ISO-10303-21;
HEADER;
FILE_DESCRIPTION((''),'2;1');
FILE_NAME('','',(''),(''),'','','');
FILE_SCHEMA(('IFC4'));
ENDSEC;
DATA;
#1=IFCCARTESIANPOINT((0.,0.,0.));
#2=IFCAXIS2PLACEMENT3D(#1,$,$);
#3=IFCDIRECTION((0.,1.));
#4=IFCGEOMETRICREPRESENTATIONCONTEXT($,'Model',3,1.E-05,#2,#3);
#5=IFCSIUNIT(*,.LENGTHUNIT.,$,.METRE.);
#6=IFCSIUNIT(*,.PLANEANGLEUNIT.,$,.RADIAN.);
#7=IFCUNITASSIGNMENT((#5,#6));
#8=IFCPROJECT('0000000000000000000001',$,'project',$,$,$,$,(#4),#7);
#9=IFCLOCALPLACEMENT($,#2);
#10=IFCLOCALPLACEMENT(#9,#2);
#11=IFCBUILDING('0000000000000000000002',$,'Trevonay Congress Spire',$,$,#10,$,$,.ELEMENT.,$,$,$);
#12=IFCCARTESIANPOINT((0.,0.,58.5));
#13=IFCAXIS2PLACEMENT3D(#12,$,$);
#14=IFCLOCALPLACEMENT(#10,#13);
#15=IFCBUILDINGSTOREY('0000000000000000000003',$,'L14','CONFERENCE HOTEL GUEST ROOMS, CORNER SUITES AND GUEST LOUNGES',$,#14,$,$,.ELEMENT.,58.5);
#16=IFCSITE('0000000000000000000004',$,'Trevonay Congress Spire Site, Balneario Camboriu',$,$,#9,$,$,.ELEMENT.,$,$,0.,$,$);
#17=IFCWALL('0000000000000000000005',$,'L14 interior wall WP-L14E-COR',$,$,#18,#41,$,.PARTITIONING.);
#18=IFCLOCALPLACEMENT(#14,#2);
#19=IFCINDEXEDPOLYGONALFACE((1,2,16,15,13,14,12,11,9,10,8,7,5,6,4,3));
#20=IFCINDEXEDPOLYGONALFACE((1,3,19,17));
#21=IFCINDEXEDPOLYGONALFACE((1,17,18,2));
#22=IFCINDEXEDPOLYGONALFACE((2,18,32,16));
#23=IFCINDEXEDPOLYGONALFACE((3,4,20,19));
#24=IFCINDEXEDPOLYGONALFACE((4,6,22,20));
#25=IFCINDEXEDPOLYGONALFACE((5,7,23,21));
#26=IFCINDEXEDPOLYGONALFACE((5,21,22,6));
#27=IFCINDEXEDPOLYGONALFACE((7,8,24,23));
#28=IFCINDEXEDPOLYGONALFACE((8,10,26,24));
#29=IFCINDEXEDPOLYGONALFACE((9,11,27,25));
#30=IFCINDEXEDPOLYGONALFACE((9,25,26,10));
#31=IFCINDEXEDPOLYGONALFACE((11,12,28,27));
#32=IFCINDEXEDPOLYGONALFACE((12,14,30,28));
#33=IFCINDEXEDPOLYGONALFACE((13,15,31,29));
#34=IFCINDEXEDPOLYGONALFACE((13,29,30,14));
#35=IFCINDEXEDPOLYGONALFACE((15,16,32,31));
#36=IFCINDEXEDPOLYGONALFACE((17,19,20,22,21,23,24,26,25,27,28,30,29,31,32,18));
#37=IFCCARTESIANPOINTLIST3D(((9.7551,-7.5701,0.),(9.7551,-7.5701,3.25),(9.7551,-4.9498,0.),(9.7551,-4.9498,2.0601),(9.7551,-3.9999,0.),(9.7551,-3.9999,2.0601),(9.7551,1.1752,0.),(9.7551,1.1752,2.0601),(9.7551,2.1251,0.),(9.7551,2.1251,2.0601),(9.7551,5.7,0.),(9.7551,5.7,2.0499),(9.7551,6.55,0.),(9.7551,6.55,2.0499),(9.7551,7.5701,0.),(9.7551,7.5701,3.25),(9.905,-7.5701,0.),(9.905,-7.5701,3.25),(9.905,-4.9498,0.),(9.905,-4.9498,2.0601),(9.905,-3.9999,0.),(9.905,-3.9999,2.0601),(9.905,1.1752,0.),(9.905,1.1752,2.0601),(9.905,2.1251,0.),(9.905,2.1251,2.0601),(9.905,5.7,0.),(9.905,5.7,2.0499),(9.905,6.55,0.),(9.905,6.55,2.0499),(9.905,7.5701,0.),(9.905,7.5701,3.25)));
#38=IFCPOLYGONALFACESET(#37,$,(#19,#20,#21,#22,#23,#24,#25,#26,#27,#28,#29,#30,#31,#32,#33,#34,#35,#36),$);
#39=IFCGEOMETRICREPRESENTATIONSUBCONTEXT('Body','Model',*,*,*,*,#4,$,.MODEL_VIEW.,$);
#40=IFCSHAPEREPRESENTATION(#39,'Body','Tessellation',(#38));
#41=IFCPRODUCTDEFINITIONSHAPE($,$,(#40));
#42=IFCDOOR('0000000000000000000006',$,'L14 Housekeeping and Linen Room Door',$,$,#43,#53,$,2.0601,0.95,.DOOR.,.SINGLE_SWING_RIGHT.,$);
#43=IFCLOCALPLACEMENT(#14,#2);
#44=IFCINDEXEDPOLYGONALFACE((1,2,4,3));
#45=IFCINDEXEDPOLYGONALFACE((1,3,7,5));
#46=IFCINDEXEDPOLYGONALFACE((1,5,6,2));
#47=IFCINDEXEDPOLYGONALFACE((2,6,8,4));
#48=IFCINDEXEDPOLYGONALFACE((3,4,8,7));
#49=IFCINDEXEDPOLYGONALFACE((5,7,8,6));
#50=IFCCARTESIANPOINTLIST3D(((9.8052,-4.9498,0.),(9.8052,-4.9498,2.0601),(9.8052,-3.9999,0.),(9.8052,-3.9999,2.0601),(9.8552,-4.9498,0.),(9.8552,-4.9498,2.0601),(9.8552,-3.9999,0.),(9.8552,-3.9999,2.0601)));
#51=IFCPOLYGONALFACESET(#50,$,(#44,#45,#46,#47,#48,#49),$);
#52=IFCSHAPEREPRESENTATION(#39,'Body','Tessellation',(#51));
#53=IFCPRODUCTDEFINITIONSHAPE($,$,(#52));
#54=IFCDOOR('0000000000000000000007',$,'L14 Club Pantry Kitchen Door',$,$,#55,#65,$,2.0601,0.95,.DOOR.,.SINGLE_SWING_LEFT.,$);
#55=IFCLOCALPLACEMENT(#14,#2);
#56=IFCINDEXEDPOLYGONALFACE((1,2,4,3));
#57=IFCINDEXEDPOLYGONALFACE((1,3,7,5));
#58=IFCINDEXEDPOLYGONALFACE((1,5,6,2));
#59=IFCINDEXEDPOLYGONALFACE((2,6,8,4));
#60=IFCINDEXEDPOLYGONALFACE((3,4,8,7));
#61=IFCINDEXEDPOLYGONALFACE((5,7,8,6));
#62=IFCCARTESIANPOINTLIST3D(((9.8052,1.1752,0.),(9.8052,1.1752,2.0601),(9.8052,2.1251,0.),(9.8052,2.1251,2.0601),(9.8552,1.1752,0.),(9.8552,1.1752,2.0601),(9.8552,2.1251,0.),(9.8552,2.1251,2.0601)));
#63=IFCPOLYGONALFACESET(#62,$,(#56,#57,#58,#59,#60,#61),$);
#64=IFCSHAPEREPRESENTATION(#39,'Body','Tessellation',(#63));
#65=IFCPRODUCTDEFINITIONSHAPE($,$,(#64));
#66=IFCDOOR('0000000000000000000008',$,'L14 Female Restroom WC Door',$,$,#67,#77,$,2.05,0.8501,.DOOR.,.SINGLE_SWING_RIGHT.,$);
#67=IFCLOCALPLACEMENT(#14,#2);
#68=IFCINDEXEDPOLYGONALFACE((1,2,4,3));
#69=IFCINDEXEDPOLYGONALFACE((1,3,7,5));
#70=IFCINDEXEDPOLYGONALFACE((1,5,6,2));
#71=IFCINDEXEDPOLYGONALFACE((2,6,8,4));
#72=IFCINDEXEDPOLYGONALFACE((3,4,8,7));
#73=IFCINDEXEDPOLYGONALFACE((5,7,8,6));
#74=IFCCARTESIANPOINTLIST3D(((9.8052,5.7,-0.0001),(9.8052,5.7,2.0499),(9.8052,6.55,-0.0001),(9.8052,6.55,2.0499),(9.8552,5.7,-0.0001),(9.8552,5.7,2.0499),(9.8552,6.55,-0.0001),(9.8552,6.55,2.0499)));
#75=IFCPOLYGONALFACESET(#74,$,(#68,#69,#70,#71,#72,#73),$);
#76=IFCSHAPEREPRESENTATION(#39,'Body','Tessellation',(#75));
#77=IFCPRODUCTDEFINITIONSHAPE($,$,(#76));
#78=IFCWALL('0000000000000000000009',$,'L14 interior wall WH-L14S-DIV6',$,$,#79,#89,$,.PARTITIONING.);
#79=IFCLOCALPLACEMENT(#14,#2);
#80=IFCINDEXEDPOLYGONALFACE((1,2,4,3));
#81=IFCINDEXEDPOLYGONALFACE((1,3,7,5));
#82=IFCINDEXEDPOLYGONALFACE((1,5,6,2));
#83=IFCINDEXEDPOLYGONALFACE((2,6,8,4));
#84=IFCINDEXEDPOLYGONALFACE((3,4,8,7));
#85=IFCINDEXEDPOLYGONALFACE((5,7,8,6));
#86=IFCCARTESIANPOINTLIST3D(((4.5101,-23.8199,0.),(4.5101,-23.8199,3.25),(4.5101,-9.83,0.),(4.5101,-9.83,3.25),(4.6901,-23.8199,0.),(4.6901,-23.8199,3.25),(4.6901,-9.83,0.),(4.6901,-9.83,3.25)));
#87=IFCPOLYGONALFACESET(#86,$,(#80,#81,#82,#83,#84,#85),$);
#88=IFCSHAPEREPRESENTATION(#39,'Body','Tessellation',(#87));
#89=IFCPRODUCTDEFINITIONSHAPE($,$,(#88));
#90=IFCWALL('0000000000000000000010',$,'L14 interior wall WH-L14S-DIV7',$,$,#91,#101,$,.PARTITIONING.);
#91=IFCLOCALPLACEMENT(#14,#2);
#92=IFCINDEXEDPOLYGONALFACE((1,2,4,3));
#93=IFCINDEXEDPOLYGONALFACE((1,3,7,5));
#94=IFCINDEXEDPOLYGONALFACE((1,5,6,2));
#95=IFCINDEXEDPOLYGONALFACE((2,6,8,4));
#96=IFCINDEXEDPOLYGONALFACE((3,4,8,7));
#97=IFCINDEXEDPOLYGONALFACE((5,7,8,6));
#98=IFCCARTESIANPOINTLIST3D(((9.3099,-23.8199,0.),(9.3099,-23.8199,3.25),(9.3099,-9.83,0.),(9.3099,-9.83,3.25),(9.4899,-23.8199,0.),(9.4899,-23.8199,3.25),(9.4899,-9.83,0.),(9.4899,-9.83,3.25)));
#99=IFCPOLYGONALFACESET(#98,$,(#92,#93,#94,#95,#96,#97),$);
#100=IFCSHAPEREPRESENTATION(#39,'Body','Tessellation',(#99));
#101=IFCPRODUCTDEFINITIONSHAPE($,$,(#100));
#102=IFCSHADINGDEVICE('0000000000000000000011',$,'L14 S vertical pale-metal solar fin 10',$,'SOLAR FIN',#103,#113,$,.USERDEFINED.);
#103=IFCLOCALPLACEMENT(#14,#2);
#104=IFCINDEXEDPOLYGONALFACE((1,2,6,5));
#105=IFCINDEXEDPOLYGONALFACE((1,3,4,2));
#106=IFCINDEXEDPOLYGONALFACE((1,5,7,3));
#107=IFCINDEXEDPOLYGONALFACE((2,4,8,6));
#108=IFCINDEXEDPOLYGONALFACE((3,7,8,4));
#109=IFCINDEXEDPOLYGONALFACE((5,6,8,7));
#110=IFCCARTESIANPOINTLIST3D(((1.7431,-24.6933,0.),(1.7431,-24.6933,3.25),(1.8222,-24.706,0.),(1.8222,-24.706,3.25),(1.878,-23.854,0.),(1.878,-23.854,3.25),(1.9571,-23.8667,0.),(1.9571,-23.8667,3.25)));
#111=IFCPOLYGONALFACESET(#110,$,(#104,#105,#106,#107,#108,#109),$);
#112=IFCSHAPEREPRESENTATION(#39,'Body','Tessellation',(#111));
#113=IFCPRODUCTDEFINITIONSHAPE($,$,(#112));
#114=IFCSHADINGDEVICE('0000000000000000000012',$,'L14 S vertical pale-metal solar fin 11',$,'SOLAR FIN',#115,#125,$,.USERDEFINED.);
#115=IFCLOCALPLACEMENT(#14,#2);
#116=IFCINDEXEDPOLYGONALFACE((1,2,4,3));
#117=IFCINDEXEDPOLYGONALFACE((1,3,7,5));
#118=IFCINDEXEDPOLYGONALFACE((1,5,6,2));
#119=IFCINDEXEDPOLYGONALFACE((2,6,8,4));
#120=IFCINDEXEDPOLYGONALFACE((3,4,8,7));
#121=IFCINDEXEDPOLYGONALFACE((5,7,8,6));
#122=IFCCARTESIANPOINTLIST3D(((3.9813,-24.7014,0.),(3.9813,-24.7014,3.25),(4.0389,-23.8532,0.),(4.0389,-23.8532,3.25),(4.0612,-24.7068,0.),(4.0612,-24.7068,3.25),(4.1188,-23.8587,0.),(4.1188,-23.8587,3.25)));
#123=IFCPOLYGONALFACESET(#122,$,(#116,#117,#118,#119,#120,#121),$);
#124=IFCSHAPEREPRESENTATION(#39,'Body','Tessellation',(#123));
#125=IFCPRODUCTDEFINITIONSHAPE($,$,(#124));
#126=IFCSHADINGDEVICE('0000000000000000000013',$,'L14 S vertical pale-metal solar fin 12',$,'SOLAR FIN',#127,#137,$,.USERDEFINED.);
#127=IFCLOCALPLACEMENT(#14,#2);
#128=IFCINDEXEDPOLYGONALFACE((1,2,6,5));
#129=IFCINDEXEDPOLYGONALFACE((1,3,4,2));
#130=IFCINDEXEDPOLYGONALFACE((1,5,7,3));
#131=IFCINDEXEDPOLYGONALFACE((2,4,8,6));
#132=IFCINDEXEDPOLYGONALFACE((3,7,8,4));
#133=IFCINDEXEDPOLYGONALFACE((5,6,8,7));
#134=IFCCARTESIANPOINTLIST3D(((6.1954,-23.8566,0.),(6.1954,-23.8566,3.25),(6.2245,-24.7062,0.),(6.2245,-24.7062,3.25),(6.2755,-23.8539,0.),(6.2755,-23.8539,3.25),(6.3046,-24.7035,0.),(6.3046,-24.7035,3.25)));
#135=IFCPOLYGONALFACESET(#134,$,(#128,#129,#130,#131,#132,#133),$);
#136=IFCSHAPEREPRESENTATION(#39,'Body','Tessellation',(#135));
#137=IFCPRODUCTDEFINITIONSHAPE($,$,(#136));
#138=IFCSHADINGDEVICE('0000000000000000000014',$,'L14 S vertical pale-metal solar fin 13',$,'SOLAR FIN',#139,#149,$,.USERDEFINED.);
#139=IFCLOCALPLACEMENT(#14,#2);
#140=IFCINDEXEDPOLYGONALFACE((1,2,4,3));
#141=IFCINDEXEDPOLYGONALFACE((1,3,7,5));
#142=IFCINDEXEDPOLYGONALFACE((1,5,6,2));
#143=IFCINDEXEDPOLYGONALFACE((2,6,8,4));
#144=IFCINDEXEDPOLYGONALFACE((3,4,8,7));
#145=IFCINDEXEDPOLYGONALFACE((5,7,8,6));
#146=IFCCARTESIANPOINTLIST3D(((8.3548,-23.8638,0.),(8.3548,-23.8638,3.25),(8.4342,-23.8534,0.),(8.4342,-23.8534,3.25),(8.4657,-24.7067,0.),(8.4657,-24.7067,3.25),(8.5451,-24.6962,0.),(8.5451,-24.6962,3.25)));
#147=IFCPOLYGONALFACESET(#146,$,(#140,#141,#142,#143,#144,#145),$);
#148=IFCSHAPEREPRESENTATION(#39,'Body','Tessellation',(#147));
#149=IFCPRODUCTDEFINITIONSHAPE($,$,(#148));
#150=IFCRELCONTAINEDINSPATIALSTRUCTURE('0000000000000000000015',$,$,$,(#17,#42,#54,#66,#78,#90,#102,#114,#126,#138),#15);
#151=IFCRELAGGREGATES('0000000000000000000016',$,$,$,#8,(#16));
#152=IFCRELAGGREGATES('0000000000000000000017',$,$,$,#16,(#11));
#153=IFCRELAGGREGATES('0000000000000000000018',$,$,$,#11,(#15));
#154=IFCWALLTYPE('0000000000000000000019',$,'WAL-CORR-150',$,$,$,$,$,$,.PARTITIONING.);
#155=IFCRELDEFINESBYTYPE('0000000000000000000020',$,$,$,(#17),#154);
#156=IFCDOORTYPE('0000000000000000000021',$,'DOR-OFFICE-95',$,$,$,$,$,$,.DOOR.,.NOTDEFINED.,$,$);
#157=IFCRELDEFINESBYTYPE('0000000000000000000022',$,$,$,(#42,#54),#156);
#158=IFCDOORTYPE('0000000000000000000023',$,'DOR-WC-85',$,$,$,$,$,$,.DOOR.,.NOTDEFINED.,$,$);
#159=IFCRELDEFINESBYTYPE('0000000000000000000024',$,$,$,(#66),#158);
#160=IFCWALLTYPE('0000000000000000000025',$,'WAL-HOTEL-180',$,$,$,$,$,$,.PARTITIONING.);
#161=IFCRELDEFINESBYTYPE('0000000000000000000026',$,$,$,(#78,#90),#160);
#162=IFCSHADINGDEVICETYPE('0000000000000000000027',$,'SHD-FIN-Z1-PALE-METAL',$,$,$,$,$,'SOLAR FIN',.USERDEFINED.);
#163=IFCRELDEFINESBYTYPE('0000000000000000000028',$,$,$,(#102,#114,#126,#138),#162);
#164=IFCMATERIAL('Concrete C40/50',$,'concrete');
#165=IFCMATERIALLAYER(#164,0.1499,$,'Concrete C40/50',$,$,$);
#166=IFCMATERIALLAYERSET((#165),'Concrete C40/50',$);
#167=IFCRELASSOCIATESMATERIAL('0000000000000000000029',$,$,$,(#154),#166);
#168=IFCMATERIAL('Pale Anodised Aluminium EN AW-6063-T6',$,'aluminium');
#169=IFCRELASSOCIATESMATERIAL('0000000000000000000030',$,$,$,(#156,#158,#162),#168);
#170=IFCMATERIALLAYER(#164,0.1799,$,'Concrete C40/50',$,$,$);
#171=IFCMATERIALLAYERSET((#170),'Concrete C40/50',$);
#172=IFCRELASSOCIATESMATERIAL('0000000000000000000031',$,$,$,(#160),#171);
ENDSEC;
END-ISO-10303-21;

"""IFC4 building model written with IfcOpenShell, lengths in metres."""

from ifc_helpers import new_model, si_unit, direction, frame, frame_2d, origin, origin_2d, place, context, subcontext, project, spatial, rectangle, extrude, material, layer, layer_set, type_object, element, fill, save


model = new_model("IFC4")

# Units and contexts
model_context = context("Model", 3, precision=1e-05, world=origin(), true_north=direction((0.0, 1.0)))
body_context = subcontext(model_context, "Body", "Model", "MODEL_VIEW")
ifc_project = project(units=[si_unit("LENGTHUNIT", "METRE"), si_unit("PLANEANGLEUNIT", "RADIAN")], contexts=[model_context])

# Site, building, storey
site_placement = place(None, origin())
site = spatial("IfcSite", under=ifc_project, at=site_placement, Name="Trevonay Congress Spire Site, Balneario Camboriu", CompositionType="ELEMENT", RefElevation=0.0)
building_placement = place(site_placement, origin())
building = spatial("IfcBuilding", under=site, at=building_placement, Name="Trevonay Congress Spire", CompositionType="ELEMENT")
storey_placement = place(building_placement, frame((0.0, 0.0, 58.5)))
storey = spatial("IfcBuildingStorey", under=building, at=storey_placement, Name="L14", Description="CONFERENCE HOTEL GUEST ROOMS, CORNER SUITES AND GUEST LOUNGES", CompositionType="ELEMENT", Elevation=58.5)

# Shared definitions
ifc_material_1 = material(Name="Pale Anodised Aluminium EN AW-6063-T6", Category="aluminium")

# Shared definitions
ifc_material_2 = material(Name="Concrete C40/50", Category="concrete")

# Wall, openings, doors
ifc_layer_1 = layer(ifc_material_2, 0.1499, Name="Concrete C40/50")
ifc_layer_set_1 = layer_set([ifc_layer_1], Name="Concrete C40/50")
wall_type_1 = type_object("IfcWallType", Name="WAL-CORR-150", PredefinedType="PARTITIONING", material=ifc_layer_set_1)
wall_1_placement = place(storey_placement, frame((9.8301, -7.5701, 0.0), z_axis=(0.0, 0.0, 1.0), x_axis=(0.0, 1.0, 0.0)))
wall_1 = element("IfcWall", 1, at=wall_1_placement, inside=storey, type_object=wall_type_1, Name="L14 interior wall WP-L14E-COR", PredefinedType="PARTITIONING", context=body_context, shape_type="SweptSolid", body=[
    extrude(rectangle(XDim=15.1401, YDim=0.1499, at=frame_2d((7.5701, 0.0))), origin(), (0.0, 0.0, 1.0), 3.25),
])
opening_1_placement = place(wall_1_placement, frame((2.6201, 0.0, 0.0)))
opening_1 = element("IfcOpeningElement", 2, at=opening_1_placement, cuts=wall_1, PredefinedType="OPENING", context=body_context, shape_type="SweptSolid", body=[
    extrude(rectangle(XDim=0.95, YDim=2.0601, at=frame_2d((0.4751, 1.03))), frame((0.0, 0.085, 0.0), z_axis=(0.0, -1.0, 0.0), x_axis=(1.0, 0.0, 0.0)), (0.0, 0.0, 1.0), 0.1699),
])
opening_2_placement = place(wall_1_placement, frame((8.7451, 0.0, 0.0)))
opening_2 = element("IfcOpeningElement", 3, at=opening_2_placement, cuts=wall_1, PredefinedType="OPENING", context=body_context, shape_type="SweptSolid", body=[
    extrude(rectangle(XDim=0.95, YDim=2.0601, at=frame_2d((0.4751, 1.03))), frame((0.0, 0.085, 0.0), z_axis=(0.0, -1.0, 0.0), x_axis=(1.0, 0.0, 0.0)), (0.0, 0.0, 1.0), 0.1699),
])
opening_3_placement = place(wall_1_placement, frame((13.27, 0.0, 0.0)))
opening_3 = element("IfcOpeningElement", 4, at=opening_3_placement, cuts=wall_1, PredefinedType="OPENING", context=body_context, shape_type="SweptSolid", body=[
    extrude(rectangle(XDim=0.8501, YDim=2.05, at=frame_2d((0.425, 1.0249))), frame((0.0, 0.085, 0.0), z_axis=(0.0, -1.0, 0.0), x_axis=(1.0, 0.0, 0.0)), (0.0, 0.0, 1.0), 0.1699),
])
door_type_1 = type_object("IfcDoorType", Name="DOR-OFFICE-95", OperationType="NOTDEFINED", PredefinedType="DOOR", material=ifc_material_1)
door_1_placement = place(opening_1_placement, origin())
door_1 = element("IfcDoor", 5, at=door_1_placement, inside=storey, type_object=door_type_1, Name="L14 Housekeeping and Linen Room Door", OperationType="SINGLE_SWING_RIGHT", OverallHeight=2.0601, OverallWidth=0.95, PredefinedType="DOOR", context=body_context, shape_type="SweptSolid", body=[
    extrude(rectangle(XDim=0.95, YDim=2.0601, at=frame_2d((0.4751, 1.03))), frame((0.0, 0.0249, 0.0), z_axis=(0.0, -1.0, 0.0), x_axis=(1.0, 0.0, 0.0)), (0.0, 0.0, 1.0), 0.05),
])
fill(opening_1, door_1)
door_2_placement = place(opening_2_placement, origin())
door_2 = element("IfcDoor", 6, at=door_2_placement, inside=storey, type_object=door_type_1, Name="L14 Club Pantry Kitchen Door", OperationType="SINGLE_SWING_LEFT", OverallHeight=2.0601, OverallWidth=0.95, PredefinedType="DOOR", context=body_context, shape_type="SweptSolid", body=[
    extrude(rectangle(XDim=0.95, YDim=2.0601, at=frame_2d((0.4751, 1.03))), frame((0.0, 0.0249, 0.0), z_axis=(0.0, -1.0, 0.0), x_axis=(1.0, 0.0, 0.0)), (0.0, 0.0, 1.0), 0.05),
])
fill(opening_2, door_2)
door_type_2 = type_object("IfcDoorType", Name="DOR-WC-85", OperationType="NOTDEFINED", PredefinedType="DOOR", material=ifc_material_1)
door_3_placement = place(opening_3_placement, origin())
door_3 = element("IfcDoor", 7, at=door_3_placement, inside=storey, type_object=door_type_2, Name="L14 Female Restroom WC Door", OperationType="SINGLE_SWING_RIGHT", OverallHeight=2.05, OverallWidth=0.8501, PredefinedType="DOOR", context=body_context, shape_type="SweptSolid", body=[
    extrude(rectangle(XDim=0.8501, YDim=2.05, at=frame_2d((0.425, 1.0249))), frame((0.0, 0.0249, 0.0), z_axis=(0.0, -1.0, 0.0), x_axis=(1.0, 0.0, 0.0)), (0.0, 0.0, 1.0), 0.05),
])
fill(opening_3, door_3)

# Walls
ifc_layer_2 = layer(ifc_material_2, 0.1799, Name="Concrete C40/50")
ifc_layer_set_2 = layer_set([ifc_layer_2], Name="Concrete C40/50")
wall_type_2 = type_object("IfcWallType", Name="WAL-HOTEL-180", PredefinedType="PARTITIONING", material=ifc_layer_set_2)
for number, where, z_axis, x_axis, name in (
    (8, (4.6001, -23.8201, 0.0), (0.0, 0.0, 1.0), (0.0, 1.0, 0.0), "L14 interior wall WH-L14S-DIV6"),
    (9, (9.3999, -23.8201, 0.0), (0.0, 0.0, 1.0), (0.0, 1.0, 0.0), "L14 interior wall WH-L14S-DIV7"),
):
    element("IfcWall", number, at=place(storey_placement, frame(where, z_axis=z_axis, x_axis=x_axis)), inside=storey, type_object=wall_type_2, Name=name, PredefinedType="PARTITIONING", context=body_context, shape_type="SweptSolid", body=[
        extrude(rectangle(XDim=13.99, YDim=0.1799, at=frame_2d((6.9951, 0.0))), origin(), (0.0, 0.0, 1.0), 3.25),
    ])

# Shading devices
shading_device_type = type_object("IfcShadingDeviceType", Name="SHD-FIN-Z1-PALE-METAL", ElementType="SOLAR FIN", PredefinedType="USERDEFINED", material=ifc_material_1)
for number, where, z_axis, x_axis, name in (
    (10, (1.8501, -24.28, 0.0), (0.0, 0.0, 1.0), (0.987331, -0.158675, 0.0), "L14 S vertical pale-metal solar fin 10"),
    (11, (4.05, -24.28, 0.0), (0.0, 0.0, 1.0), (0.997708, -0.067667, 0.0), "L14 S vertical pale-metal solar fin 11"),
    (12, (6.25, -24.28, 0.0), (0.0, 0.0, 1.0), (0.999415, 0.034202, 0.0), "L14 S vertical pale-metal solar fin 12"),
    (13, (8.45, -24.28, 0.0), (0.0, 0.0, 1.0), (0.991445, 0.130526, 0.0), "L14 S vertical pale-metal solar fin 13"),
):
    element("IfcShadingDevice", number, at=place(storey_placement, frame(where, z_axis=z_axis, x_axis=x_axis)), inside=storey, type_object=shading_device_type, Name=name, ObjectType="SOLAR FIN", PredefinedType="USERDEFINED", context=body_context, shape_type="SweptSolid", body=[
        extrude(rectangle(XDim=0.0801, YDim=0.8501, at=origin_2d()), origin(), (0.0, 0.0, 1.0), 3.25),
    ])

save(model, "model.ifc")
